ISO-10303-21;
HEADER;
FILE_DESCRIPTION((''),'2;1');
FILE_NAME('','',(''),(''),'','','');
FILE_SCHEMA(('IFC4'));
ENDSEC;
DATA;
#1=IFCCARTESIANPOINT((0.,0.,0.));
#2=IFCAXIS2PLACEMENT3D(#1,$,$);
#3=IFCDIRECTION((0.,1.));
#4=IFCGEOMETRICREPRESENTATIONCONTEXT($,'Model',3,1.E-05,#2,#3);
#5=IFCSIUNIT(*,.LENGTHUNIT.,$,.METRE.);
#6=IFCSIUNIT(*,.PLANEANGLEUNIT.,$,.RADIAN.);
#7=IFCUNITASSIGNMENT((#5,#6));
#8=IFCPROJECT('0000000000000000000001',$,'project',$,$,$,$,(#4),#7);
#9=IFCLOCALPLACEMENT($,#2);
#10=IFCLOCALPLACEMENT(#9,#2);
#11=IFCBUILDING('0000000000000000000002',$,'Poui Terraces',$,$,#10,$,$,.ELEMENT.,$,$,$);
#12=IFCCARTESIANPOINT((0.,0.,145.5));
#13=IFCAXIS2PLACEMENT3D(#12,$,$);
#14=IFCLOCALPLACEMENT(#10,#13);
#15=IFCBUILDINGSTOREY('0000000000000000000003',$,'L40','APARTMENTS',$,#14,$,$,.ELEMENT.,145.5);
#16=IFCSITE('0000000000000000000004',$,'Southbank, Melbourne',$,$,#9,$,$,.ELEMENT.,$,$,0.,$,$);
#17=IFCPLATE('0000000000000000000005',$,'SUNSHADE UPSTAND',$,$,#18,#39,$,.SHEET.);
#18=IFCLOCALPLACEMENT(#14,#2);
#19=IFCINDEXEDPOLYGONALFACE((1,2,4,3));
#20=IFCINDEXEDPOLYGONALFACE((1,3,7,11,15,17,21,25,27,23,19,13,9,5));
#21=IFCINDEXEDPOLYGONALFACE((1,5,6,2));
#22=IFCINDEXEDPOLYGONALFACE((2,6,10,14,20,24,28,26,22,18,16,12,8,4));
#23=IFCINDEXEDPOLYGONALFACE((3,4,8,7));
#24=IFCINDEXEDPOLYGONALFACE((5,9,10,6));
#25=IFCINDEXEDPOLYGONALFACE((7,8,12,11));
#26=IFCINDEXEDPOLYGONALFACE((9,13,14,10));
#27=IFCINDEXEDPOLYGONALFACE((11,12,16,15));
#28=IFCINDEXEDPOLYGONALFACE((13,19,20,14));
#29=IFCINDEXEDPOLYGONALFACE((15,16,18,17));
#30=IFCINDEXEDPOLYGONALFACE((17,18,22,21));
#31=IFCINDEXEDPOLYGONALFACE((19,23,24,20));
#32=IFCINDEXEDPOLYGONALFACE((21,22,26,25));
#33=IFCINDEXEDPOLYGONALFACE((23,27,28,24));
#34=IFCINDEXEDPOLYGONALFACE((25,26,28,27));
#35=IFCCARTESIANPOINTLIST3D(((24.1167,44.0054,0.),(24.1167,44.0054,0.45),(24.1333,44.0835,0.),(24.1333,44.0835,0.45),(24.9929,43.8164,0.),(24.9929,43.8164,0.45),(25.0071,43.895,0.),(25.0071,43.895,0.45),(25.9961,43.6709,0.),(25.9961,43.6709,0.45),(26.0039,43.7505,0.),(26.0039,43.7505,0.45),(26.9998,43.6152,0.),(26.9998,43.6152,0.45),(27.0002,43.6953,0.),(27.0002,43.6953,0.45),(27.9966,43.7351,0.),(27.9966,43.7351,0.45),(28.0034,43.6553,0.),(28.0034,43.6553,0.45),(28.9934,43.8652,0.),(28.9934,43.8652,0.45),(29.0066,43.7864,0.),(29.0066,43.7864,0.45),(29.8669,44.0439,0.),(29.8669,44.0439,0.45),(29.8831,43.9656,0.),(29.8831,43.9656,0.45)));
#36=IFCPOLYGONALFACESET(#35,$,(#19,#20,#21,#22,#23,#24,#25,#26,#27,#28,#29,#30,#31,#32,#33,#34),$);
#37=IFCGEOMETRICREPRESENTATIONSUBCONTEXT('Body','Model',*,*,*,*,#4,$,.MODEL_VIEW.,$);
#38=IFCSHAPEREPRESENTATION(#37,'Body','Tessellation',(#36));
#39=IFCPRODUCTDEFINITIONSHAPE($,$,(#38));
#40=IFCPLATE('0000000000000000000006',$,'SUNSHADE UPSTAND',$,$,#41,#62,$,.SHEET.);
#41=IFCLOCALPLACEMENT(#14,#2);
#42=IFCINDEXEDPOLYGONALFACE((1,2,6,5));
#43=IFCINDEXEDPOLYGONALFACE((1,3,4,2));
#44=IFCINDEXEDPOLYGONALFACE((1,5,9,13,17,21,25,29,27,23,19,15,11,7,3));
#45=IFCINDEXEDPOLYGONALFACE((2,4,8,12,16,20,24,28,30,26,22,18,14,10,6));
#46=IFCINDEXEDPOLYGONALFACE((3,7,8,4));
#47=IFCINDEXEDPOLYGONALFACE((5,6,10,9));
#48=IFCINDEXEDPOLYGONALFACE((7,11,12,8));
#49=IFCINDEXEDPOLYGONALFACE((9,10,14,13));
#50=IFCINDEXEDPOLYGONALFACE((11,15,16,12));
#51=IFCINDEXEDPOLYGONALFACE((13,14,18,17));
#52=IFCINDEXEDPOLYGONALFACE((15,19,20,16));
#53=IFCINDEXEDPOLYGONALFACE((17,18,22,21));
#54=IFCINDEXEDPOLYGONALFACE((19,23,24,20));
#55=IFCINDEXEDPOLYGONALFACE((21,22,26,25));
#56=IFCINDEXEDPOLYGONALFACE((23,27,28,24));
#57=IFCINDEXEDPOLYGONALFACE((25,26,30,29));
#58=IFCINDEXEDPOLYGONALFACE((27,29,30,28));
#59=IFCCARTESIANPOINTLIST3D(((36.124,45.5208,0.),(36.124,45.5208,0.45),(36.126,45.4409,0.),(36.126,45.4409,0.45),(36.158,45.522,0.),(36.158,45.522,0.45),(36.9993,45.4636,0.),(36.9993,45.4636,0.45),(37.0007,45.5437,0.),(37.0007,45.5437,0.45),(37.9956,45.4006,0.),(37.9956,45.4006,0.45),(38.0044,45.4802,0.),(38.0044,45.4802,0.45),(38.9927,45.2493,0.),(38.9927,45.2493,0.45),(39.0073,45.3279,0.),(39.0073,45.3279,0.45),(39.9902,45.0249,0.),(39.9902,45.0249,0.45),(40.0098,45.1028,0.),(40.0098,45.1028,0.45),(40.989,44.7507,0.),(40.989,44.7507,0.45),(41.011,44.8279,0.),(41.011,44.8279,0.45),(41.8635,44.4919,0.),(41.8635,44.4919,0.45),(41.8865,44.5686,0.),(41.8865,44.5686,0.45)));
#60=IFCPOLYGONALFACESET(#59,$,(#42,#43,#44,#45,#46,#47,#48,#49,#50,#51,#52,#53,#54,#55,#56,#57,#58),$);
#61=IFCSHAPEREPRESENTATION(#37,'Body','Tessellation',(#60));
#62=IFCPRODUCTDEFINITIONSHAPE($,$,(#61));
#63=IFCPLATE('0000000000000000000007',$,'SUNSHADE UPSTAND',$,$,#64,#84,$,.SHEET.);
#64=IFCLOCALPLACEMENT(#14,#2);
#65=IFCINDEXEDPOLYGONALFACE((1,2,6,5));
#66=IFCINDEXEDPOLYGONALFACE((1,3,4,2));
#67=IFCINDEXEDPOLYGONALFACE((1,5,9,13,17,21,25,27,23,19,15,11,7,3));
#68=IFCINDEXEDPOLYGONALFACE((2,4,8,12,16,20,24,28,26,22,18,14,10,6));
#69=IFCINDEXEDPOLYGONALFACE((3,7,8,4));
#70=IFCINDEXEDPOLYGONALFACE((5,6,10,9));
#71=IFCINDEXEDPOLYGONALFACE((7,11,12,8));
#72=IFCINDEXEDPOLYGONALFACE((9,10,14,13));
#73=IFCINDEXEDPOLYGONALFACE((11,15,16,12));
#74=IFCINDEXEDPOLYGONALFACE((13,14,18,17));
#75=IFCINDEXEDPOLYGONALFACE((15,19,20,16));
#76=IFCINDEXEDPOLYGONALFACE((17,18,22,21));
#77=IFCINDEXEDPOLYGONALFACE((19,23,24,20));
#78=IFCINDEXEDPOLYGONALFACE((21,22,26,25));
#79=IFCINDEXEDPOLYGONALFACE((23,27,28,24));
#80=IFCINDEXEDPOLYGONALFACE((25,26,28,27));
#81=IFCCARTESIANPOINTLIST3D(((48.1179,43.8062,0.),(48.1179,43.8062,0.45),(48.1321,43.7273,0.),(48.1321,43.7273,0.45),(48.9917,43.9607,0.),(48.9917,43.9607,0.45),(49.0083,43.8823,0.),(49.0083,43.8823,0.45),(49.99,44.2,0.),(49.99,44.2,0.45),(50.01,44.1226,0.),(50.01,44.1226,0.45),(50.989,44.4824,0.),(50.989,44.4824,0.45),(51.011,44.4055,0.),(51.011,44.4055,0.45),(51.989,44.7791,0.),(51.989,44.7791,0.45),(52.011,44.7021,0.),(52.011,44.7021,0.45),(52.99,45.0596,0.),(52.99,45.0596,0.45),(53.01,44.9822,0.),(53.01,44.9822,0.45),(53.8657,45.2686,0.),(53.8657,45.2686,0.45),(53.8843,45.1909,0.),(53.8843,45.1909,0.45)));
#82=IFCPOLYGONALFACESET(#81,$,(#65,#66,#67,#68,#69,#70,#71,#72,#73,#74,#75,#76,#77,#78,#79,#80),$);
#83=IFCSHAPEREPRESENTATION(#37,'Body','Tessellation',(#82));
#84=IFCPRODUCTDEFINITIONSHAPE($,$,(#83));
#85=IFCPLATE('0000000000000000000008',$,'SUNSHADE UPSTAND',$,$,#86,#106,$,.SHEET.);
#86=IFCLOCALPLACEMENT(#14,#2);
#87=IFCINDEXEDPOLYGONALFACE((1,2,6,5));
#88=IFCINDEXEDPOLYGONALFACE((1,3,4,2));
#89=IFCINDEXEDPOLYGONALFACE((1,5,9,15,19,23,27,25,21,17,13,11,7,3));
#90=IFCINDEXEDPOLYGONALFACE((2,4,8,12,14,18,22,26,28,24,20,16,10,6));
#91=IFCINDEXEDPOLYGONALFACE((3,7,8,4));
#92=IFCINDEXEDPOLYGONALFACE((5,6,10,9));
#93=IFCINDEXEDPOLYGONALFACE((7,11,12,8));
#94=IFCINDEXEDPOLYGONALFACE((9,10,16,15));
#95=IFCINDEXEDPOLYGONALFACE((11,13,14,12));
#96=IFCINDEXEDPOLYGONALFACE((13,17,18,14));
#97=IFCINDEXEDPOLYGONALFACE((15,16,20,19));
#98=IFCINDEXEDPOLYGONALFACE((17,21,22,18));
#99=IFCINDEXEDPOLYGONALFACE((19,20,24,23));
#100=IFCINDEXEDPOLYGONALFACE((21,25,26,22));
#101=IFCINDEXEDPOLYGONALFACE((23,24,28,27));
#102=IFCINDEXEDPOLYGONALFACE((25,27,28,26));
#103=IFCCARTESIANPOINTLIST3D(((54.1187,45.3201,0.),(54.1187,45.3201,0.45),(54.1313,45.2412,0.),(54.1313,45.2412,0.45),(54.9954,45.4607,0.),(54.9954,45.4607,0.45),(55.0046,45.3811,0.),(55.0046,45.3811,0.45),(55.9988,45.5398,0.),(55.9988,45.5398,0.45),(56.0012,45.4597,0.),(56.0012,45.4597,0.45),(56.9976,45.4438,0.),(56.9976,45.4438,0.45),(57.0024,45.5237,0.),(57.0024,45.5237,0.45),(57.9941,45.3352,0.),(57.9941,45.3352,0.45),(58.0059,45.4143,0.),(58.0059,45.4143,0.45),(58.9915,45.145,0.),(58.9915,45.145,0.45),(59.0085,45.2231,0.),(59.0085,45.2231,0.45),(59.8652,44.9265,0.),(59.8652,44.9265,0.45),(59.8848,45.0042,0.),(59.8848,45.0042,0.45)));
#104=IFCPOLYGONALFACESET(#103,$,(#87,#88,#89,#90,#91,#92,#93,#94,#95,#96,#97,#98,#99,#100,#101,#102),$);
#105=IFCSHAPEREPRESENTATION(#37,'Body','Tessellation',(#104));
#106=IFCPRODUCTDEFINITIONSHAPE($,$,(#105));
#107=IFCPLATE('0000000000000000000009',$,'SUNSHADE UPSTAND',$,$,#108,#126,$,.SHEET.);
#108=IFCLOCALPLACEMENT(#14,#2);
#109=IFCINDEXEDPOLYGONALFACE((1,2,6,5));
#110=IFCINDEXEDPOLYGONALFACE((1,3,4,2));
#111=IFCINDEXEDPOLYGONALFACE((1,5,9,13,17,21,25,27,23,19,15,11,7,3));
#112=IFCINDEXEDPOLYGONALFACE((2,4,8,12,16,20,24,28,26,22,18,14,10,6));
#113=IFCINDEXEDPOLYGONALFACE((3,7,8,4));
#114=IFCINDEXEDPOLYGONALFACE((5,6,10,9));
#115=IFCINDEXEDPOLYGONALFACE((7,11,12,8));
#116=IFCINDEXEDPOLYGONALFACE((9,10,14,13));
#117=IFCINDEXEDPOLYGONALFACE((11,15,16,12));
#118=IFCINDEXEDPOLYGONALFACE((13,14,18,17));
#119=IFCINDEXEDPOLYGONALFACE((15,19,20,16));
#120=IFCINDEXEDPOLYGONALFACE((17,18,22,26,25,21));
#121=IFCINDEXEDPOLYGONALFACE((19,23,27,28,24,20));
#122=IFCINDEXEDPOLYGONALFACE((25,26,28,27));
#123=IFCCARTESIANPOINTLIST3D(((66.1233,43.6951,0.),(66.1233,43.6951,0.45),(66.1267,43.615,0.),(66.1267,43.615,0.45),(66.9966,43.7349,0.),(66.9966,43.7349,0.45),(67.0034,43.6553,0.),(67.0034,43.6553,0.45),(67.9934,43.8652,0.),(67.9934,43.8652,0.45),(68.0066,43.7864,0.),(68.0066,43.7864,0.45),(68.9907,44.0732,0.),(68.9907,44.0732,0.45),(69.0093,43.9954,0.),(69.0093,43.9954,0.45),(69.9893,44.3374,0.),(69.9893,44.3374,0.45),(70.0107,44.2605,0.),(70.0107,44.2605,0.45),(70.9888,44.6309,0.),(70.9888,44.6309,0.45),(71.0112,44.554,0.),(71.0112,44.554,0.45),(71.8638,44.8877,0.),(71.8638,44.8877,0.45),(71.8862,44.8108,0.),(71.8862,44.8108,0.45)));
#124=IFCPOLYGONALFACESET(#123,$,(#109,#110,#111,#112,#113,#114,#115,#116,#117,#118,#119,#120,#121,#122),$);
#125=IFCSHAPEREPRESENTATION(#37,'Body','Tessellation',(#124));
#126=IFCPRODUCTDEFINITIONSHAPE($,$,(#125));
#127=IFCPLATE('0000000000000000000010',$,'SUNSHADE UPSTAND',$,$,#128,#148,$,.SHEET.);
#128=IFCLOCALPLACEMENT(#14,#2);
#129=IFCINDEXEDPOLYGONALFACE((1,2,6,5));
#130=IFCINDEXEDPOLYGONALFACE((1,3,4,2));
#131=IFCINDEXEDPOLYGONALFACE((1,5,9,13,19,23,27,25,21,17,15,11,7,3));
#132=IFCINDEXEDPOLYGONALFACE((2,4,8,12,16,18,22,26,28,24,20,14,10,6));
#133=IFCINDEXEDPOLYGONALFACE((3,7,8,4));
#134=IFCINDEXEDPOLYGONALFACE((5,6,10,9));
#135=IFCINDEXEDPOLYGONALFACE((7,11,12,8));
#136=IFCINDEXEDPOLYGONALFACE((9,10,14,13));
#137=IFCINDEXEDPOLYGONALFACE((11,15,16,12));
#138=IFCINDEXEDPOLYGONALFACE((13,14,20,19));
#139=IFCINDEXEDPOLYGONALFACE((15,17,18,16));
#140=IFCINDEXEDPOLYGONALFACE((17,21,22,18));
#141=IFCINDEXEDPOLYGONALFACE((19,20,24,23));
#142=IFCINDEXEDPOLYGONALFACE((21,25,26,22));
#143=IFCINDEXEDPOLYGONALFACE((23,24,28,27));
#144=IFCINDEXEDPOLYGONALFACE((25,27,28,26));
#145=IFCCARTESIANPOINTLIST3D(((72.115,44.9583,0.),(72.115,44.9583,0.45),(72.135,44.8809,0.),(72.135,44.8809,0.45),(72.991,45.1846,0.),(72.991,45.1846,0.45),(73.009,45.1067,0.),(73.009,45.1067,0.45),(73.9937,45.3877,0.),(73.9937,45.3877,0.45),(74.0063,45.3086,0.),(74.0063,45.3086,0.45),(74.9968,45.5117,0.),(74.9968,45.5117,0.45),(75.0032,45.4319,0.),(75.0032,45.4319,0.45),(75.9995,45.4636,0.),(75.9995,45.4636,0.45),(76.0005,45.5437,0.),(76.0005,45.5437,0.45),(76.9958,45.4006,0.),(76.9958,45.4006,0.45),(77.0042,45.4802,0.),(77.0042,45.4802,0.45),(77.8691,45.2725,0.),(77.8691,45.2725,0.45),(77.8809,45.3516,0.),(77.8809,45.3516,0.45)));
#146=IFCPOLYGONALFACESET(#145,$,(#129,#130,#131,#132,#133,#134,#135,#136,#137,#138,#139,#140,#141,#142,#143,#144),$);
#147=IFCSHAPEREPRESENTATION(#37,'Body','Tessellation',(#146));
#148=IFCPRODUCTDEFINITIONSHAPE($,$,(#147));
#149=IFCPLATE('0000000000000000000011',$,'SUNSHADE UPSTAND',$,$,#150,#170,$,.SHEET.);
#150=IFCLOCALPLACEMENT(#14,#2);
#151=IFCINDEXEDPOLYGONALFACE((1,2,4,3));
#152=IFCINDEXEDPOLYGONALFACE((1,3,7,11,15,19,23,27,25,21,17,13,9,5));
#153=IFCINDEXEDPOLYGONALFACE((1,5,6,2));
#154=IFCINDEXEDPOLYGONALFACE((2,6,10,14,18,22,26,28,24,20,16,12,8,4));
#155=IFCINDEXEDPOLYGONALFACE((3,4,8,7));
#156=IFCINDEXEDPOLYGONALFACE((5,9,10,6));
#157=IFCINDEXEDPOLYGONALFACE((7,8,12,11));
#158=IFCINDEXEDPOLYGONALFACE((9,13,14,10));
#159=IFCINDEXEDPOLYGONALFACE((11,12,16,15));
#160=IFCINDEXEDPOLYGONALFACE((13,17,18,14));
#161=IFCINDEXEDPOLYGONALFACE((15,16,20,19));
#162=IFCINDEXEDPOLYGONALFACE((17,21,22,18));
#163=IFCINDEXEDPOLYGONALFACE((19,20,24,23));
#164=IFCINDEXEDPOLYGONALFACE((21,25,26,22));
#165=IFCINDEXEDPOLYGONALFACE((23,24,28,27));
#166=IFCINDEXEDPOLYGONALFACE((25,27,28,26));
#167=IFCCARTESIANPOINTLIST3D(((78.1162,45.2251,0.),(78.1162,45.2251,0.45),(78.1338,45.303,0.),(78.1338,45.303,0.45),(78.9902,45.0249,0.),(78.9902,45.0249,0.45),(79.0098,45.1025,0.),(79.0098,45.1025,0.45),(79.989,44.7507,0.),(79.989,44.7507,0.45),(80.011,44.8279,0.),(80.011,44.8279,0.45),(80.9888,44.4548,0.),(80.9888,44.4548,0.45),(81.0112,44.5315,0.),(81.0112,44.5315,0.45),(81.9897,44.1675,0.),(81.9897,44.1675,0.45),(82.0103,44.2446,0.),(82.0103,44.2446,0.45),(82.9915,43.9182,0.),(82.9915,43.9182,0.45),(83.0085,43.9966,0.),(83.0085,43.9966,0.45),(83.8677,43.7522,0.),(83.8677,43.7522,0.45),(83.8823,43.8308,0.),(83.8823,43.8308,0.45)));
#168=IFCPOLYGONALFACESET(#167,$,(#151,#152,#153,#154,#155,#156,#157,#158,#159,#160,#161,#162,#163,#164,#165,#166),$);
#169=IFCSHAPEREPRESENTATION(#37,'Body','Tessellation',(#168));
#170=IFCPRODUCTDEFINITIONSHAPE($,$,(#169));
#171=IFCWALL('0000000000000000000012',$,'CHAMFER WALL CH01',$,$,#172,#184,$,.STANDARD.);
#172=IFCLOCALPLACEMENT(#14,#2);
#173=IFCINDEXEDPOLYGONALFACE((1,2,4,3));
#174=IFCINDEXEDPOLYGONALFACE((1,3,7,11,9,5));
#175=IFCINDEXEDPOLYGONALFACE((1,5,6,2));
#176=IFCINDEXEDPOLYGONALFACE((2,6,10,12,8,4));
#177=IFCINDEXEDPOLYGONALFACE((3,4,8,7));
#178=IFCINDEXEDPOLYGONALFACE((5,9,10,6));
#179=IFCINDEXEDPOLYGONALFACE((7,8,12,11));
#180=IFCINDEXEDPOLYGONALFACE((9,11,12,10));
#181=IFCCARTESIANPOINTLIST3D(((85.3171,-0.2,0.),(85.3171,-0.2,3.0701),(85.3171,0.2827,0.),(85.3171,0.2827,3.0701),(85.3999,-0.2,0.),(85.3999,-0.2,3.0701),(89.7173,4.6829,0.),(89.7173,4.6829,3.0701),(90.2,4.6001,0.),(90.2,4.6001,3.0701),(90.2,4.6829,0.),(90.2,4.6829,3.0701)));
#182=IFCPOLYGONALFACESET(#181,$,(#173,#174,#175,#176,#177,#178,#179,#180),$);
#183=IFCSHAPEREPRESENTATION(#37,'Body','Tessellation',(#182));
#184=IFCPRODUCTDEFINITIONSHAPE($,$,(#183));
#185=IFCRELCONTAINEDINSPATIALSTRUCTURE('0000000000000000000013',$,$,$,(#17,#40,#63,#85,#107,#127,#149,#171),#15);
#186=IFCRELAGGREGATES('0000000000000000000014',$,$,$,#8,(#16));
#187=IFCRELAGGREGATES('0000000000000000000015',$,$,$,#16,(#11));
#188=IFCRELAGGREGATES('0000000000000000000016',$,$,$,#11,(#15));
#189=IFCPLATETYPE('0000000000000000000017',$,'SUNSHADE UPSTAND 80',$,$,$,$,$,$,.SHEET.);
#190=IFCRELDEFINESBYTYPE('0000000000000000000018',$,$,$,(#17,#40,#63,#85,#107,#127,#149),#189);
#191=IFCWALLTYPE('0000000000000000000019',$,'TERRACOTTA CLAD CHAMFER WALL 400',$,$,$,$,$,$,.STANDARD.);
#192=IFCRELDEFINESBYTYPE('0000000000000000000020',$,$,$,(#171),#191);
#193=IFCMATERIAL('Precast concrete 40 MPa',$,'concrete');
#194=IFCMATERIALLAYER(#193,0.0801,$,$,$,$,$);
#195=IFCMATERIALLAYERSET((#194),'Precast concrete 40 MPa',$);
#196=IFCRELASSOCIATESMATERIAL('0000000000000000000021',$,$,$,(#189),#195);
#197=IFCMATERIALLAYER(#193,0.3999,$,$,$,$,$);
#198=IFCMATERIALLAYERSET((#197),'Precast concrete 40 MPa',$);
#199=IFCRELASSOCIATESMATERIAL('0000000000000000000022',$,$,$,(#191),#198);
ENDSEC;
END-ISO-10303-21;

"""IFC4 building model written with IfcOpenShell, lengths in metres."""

from ifc_helpers import new_model, si_unit, direction, frame, origin, place, context, subcontext, project, spatial, polyline, outline, extrude, material, layer, layer_set, type_object, element, save


model = new_model("IFC4")

# Units and contexts
model_context = context("Model", 3, precision=1e-05, world=origin(), true_north=direction((0.0, 1.0)))
body_context = subcontext(model_context, "Body", "Model", "MODEL_VIEW")
ifc_project = project(units=[si_unit("LENGTHUNIT", "METRE"), si_unit("PLANEANGLEUNIT", "RADIAN")], contexts=[model_context])

# Site, building, storey
site_placement = place(None, origin())
site = spatial("IfcSite", under=ifc_project, at=site_placement, Name="Southbank, Melbourne", CompositionType="ELEMENT", RefElevation=0.0)
building_placement = place(site_placement, origin())
building = spatial("IfcBuilding", under=site, at=building_placement, Name="Poui Terraces", CompositionType="ELEMENT")
storey_placement = place(building_placement, frame((0.0, 0.0, 145.5)))
storey = spatial("IfcBuildingStorey", under=building, at=storey_placement, Name="L40", Description="APARTMENTS", CompositionType="ELEMENT", Elevation=145.5)

# Shared definitions
ifc_material_1 = material(Name="Precast concrete 40 MPa", Category="concrete")

# Plates
ifc_layer_1 = layer(ifc_material_1, 0.0801)
ifc_layer_set_1 = layer_set([ifc_layer_1], Name="Precast concrete 40 MPa")
plate_type = type_object("IfcPlateType", Name="SUNSHADE UPSTAND 80", PredefinedType="SHEET", material=ifc_layer_set_1)
plate_1_placement = place(storey_placement, origin())
element("IfcPlate", 1, at=plate_1_placement, inside=storey, type_object=plate_type, Name="SUNSHADE UPSTAND", PredefinedType="SHEET", context=body_context, shape_type="SweptSolid", body=[
    extrude(outline(polyline([(25.0071, 43.895), (24.1333, 44.0835), (24.1167, 44.0054), (24.9929, 43.8164), (25.9961, 43.6709), (26.9998, 43.6152), (28.0034, 43.6553), (29.0066, 43.7864), (29.8831, 43.9656), (29.8669, 44.0439), (28.9934, 43.8652), (27.9966, 43.7351), (27.0002, 43.6953), (26.0039, 43.7505), (25.0071, 43.895)])), origin(), (0.0, 0.0, 1.0), 0.45),
])
plate_2_placement = place(storey_placement, origin())
element("IfcPlate", 2, at=plate_2_placement, inside=storey, type_object=plate_type, Name="SUNSHADE UPSTAND", PredefinedType="SHEET", context=body_context, shape_type="SweptSolid", body=[
    extrude(outline(polyline([(37.0007, 45.5437), (36.158, 45.522), (36.124, 45.5208), (36.126, 45.4409), (36.9993, 45.4636), (37.9956, 45.4006), (38.9927, 45.2493), (39.9902, 45.0249), (40.989, 44.7507), (41.8635, 44.4919), (41.8865, 44.5686), (41.011, 44.8279), (40.0098, 45.1028), (39.0073, 45.3279), (38.0044, 45.4802), (37.0007, 45.5437)])), origin(), (0.0, 0.0, 1.0), 0.45),
])
plate_3_placement = place(storey_placement, origin())
element("IfcPlate", 3, at=plate_3_placement, inside=storey, type_object=plate_type, Name="SUNSHADE UPSTAND", PredefinedType="SHEET", context=body_context, shape_type="SweptSolid", body=[
    extrude(outline(polyline([(48.9917, 43.9607), (48.1179, 43.8062), (48.1321, 43.7273), (49.0083, 43.8823), (50.01, 44.1226), (51.011, 44.4055), (52.011, 44.7021), (53.01, 44.9822), (53.8843, 45.1909), (53.8657, 45.2686), (52.99, 45.0596), (51.989, 44.7791), (50.989, 44.4824), (49.99, 44.2), (48.9917, 43.9607)])), origin(), (0.0, 0.0, 1.0), 0.45),
])
plate_4_placement = place(storey_placement, origin())
element("IfcPlate", 4, at=plate_4_placement, inside=storey, type_object=plate_type, Name="SUNSHADE UPSTAND", PredefinedType="SHEET", context=body_context, shape_type="SweptSolid", body=[
    extrude(outline(polyline([(54.9954, 45.4607), (54.1187, 45.3201), (54.1313, 45.2412), (55.0046, 45.3811), (56.0012, 45.4597), (56.9976, 45.4438), (57.9941, 45.3352), (58.9915, 45.145), (59.8652, 44.9265), (59.8848, 45.0042), (59.0085, 45.2231), (58.0059, 45.4143), (57.0024, 45.5237), (55.9988, 45.5398), (54.9954, 45.4607)])), origin(), (0.0, 0.0, 1.0), 0.45),
])
plate_5_placement = place(storey_placement, origin())
element("IfcPlate", 5, at=plate_5_placement, inside=storey, type_object=plate_type, Name="SUNSHADE UPSTAND", PredefinedType="SHEET", context=body_context, shape_type="SweptSolid", body=[
    extrude(outline(polyline([(66.9966, 43.7349), (66.1233, 43.6951), (66.1267, 43.615), (67.0034, 43.6553), (68.0066, 43.7864), (69.0093, 43.9954), (70.0107, 44.2605), (71.0112, 44.554), (71.8862, 44.8108), (71.8638, 44.8877), (70.9888, 44.6309), (69.9893, 44.3374), (68.9907, 44.0732), (67.9934, 43.8652), (66.9966, 43.7349)])), origin(), (0.0, 0.0, 1.0), 0.45),
])
plate_6_placement = place(storey_placement, origin())
element("IfcPlate", 6, at=plate_6_placement, inside=storey, type_object=plate_type, Name="SUNSHADE UPSTAND", PredefinedType="SHEET", context=body_context, shape_type="SweptSolid", body=[
    extrude(outline(polyline([(72.991, 45.1846), (72.115, 44.9583), (72.135, 44.8809), (73.009, 45.1067), (74.0063, 45.3086), (75.0032, 45.4319), (75.9995, 45.4636), (76.9958, 45.4006), (77.8691, 45.2725), (77.8809, 45.3516), (77.0042, 45.4802), (76.0005, 45.5437), (74.9968, 45.5117), (73.9937, 45.3877), (72.991, 45.1846)])), origin(), (0.0, 0.0, 1.0), 0.45),
])
plate_7_placement = place(storey_placement, origin())
element("IfcPlate", 7, at=plate_7_placement, inside=storey, type_object=plate_type, Name="SUNSHADE UPSTAND", PredefinedType="SHEET", context=body_context, shape_type="SweptSolid", body=[
    extrude(outline(polyline([(79.0098, 45.1025), (78.1338, 45.303), (78.1162, 45.2251), (78.9902, 45.0249), (79.989, 44.7507), (80.9888, 44.4548), (81.9897, 44.1675), (82.9915, 43.9182), (83.8677, 43.7522), (83.8823, 43.8308), (83.0085, 43.9966), (82.0103, 44.2446), (81.0112, 44.5315), (80.011, 44.8279), (79.0098, 45.1025)])), origin(), (0.0, 0.0, 1.0), 0.45),
])

# Wall
ifc_layer_2 = layer(ifc_material_1, 0.3999)
ifc_layer_set_2 = layer_set([ifc_layer_2], Name="Precast concrete 40 MPa")
wall_type = type_object("IfcWallType", Name="TERRACOTTA CLAD CHAMFER WALL 400", PredefinedType="STANDARD", material=ifc_layer_set_2)
wall_1_placement = place(storey_placement, origin())
element("IfcWall", 8, at=wall_1_placement, inside=storey, type_object=wall_type, Name="CHAMFER WALL CH01", PredefinedType="STANDARD", context=body_context, shape_type="SweptSolid", body=[
    extrude(outline(polyline([(85.3171, -0.2), (85.3999, -0.2), (90.2, 4.6001), (90.2, 4.6829), (89.7173, 4.6829), (85.3171, 0.2827), (85.3171, -0.2)])), origin(), (0.0, 0.0, 1.0), 3.0701),
])

save(model, "model.ifc")
